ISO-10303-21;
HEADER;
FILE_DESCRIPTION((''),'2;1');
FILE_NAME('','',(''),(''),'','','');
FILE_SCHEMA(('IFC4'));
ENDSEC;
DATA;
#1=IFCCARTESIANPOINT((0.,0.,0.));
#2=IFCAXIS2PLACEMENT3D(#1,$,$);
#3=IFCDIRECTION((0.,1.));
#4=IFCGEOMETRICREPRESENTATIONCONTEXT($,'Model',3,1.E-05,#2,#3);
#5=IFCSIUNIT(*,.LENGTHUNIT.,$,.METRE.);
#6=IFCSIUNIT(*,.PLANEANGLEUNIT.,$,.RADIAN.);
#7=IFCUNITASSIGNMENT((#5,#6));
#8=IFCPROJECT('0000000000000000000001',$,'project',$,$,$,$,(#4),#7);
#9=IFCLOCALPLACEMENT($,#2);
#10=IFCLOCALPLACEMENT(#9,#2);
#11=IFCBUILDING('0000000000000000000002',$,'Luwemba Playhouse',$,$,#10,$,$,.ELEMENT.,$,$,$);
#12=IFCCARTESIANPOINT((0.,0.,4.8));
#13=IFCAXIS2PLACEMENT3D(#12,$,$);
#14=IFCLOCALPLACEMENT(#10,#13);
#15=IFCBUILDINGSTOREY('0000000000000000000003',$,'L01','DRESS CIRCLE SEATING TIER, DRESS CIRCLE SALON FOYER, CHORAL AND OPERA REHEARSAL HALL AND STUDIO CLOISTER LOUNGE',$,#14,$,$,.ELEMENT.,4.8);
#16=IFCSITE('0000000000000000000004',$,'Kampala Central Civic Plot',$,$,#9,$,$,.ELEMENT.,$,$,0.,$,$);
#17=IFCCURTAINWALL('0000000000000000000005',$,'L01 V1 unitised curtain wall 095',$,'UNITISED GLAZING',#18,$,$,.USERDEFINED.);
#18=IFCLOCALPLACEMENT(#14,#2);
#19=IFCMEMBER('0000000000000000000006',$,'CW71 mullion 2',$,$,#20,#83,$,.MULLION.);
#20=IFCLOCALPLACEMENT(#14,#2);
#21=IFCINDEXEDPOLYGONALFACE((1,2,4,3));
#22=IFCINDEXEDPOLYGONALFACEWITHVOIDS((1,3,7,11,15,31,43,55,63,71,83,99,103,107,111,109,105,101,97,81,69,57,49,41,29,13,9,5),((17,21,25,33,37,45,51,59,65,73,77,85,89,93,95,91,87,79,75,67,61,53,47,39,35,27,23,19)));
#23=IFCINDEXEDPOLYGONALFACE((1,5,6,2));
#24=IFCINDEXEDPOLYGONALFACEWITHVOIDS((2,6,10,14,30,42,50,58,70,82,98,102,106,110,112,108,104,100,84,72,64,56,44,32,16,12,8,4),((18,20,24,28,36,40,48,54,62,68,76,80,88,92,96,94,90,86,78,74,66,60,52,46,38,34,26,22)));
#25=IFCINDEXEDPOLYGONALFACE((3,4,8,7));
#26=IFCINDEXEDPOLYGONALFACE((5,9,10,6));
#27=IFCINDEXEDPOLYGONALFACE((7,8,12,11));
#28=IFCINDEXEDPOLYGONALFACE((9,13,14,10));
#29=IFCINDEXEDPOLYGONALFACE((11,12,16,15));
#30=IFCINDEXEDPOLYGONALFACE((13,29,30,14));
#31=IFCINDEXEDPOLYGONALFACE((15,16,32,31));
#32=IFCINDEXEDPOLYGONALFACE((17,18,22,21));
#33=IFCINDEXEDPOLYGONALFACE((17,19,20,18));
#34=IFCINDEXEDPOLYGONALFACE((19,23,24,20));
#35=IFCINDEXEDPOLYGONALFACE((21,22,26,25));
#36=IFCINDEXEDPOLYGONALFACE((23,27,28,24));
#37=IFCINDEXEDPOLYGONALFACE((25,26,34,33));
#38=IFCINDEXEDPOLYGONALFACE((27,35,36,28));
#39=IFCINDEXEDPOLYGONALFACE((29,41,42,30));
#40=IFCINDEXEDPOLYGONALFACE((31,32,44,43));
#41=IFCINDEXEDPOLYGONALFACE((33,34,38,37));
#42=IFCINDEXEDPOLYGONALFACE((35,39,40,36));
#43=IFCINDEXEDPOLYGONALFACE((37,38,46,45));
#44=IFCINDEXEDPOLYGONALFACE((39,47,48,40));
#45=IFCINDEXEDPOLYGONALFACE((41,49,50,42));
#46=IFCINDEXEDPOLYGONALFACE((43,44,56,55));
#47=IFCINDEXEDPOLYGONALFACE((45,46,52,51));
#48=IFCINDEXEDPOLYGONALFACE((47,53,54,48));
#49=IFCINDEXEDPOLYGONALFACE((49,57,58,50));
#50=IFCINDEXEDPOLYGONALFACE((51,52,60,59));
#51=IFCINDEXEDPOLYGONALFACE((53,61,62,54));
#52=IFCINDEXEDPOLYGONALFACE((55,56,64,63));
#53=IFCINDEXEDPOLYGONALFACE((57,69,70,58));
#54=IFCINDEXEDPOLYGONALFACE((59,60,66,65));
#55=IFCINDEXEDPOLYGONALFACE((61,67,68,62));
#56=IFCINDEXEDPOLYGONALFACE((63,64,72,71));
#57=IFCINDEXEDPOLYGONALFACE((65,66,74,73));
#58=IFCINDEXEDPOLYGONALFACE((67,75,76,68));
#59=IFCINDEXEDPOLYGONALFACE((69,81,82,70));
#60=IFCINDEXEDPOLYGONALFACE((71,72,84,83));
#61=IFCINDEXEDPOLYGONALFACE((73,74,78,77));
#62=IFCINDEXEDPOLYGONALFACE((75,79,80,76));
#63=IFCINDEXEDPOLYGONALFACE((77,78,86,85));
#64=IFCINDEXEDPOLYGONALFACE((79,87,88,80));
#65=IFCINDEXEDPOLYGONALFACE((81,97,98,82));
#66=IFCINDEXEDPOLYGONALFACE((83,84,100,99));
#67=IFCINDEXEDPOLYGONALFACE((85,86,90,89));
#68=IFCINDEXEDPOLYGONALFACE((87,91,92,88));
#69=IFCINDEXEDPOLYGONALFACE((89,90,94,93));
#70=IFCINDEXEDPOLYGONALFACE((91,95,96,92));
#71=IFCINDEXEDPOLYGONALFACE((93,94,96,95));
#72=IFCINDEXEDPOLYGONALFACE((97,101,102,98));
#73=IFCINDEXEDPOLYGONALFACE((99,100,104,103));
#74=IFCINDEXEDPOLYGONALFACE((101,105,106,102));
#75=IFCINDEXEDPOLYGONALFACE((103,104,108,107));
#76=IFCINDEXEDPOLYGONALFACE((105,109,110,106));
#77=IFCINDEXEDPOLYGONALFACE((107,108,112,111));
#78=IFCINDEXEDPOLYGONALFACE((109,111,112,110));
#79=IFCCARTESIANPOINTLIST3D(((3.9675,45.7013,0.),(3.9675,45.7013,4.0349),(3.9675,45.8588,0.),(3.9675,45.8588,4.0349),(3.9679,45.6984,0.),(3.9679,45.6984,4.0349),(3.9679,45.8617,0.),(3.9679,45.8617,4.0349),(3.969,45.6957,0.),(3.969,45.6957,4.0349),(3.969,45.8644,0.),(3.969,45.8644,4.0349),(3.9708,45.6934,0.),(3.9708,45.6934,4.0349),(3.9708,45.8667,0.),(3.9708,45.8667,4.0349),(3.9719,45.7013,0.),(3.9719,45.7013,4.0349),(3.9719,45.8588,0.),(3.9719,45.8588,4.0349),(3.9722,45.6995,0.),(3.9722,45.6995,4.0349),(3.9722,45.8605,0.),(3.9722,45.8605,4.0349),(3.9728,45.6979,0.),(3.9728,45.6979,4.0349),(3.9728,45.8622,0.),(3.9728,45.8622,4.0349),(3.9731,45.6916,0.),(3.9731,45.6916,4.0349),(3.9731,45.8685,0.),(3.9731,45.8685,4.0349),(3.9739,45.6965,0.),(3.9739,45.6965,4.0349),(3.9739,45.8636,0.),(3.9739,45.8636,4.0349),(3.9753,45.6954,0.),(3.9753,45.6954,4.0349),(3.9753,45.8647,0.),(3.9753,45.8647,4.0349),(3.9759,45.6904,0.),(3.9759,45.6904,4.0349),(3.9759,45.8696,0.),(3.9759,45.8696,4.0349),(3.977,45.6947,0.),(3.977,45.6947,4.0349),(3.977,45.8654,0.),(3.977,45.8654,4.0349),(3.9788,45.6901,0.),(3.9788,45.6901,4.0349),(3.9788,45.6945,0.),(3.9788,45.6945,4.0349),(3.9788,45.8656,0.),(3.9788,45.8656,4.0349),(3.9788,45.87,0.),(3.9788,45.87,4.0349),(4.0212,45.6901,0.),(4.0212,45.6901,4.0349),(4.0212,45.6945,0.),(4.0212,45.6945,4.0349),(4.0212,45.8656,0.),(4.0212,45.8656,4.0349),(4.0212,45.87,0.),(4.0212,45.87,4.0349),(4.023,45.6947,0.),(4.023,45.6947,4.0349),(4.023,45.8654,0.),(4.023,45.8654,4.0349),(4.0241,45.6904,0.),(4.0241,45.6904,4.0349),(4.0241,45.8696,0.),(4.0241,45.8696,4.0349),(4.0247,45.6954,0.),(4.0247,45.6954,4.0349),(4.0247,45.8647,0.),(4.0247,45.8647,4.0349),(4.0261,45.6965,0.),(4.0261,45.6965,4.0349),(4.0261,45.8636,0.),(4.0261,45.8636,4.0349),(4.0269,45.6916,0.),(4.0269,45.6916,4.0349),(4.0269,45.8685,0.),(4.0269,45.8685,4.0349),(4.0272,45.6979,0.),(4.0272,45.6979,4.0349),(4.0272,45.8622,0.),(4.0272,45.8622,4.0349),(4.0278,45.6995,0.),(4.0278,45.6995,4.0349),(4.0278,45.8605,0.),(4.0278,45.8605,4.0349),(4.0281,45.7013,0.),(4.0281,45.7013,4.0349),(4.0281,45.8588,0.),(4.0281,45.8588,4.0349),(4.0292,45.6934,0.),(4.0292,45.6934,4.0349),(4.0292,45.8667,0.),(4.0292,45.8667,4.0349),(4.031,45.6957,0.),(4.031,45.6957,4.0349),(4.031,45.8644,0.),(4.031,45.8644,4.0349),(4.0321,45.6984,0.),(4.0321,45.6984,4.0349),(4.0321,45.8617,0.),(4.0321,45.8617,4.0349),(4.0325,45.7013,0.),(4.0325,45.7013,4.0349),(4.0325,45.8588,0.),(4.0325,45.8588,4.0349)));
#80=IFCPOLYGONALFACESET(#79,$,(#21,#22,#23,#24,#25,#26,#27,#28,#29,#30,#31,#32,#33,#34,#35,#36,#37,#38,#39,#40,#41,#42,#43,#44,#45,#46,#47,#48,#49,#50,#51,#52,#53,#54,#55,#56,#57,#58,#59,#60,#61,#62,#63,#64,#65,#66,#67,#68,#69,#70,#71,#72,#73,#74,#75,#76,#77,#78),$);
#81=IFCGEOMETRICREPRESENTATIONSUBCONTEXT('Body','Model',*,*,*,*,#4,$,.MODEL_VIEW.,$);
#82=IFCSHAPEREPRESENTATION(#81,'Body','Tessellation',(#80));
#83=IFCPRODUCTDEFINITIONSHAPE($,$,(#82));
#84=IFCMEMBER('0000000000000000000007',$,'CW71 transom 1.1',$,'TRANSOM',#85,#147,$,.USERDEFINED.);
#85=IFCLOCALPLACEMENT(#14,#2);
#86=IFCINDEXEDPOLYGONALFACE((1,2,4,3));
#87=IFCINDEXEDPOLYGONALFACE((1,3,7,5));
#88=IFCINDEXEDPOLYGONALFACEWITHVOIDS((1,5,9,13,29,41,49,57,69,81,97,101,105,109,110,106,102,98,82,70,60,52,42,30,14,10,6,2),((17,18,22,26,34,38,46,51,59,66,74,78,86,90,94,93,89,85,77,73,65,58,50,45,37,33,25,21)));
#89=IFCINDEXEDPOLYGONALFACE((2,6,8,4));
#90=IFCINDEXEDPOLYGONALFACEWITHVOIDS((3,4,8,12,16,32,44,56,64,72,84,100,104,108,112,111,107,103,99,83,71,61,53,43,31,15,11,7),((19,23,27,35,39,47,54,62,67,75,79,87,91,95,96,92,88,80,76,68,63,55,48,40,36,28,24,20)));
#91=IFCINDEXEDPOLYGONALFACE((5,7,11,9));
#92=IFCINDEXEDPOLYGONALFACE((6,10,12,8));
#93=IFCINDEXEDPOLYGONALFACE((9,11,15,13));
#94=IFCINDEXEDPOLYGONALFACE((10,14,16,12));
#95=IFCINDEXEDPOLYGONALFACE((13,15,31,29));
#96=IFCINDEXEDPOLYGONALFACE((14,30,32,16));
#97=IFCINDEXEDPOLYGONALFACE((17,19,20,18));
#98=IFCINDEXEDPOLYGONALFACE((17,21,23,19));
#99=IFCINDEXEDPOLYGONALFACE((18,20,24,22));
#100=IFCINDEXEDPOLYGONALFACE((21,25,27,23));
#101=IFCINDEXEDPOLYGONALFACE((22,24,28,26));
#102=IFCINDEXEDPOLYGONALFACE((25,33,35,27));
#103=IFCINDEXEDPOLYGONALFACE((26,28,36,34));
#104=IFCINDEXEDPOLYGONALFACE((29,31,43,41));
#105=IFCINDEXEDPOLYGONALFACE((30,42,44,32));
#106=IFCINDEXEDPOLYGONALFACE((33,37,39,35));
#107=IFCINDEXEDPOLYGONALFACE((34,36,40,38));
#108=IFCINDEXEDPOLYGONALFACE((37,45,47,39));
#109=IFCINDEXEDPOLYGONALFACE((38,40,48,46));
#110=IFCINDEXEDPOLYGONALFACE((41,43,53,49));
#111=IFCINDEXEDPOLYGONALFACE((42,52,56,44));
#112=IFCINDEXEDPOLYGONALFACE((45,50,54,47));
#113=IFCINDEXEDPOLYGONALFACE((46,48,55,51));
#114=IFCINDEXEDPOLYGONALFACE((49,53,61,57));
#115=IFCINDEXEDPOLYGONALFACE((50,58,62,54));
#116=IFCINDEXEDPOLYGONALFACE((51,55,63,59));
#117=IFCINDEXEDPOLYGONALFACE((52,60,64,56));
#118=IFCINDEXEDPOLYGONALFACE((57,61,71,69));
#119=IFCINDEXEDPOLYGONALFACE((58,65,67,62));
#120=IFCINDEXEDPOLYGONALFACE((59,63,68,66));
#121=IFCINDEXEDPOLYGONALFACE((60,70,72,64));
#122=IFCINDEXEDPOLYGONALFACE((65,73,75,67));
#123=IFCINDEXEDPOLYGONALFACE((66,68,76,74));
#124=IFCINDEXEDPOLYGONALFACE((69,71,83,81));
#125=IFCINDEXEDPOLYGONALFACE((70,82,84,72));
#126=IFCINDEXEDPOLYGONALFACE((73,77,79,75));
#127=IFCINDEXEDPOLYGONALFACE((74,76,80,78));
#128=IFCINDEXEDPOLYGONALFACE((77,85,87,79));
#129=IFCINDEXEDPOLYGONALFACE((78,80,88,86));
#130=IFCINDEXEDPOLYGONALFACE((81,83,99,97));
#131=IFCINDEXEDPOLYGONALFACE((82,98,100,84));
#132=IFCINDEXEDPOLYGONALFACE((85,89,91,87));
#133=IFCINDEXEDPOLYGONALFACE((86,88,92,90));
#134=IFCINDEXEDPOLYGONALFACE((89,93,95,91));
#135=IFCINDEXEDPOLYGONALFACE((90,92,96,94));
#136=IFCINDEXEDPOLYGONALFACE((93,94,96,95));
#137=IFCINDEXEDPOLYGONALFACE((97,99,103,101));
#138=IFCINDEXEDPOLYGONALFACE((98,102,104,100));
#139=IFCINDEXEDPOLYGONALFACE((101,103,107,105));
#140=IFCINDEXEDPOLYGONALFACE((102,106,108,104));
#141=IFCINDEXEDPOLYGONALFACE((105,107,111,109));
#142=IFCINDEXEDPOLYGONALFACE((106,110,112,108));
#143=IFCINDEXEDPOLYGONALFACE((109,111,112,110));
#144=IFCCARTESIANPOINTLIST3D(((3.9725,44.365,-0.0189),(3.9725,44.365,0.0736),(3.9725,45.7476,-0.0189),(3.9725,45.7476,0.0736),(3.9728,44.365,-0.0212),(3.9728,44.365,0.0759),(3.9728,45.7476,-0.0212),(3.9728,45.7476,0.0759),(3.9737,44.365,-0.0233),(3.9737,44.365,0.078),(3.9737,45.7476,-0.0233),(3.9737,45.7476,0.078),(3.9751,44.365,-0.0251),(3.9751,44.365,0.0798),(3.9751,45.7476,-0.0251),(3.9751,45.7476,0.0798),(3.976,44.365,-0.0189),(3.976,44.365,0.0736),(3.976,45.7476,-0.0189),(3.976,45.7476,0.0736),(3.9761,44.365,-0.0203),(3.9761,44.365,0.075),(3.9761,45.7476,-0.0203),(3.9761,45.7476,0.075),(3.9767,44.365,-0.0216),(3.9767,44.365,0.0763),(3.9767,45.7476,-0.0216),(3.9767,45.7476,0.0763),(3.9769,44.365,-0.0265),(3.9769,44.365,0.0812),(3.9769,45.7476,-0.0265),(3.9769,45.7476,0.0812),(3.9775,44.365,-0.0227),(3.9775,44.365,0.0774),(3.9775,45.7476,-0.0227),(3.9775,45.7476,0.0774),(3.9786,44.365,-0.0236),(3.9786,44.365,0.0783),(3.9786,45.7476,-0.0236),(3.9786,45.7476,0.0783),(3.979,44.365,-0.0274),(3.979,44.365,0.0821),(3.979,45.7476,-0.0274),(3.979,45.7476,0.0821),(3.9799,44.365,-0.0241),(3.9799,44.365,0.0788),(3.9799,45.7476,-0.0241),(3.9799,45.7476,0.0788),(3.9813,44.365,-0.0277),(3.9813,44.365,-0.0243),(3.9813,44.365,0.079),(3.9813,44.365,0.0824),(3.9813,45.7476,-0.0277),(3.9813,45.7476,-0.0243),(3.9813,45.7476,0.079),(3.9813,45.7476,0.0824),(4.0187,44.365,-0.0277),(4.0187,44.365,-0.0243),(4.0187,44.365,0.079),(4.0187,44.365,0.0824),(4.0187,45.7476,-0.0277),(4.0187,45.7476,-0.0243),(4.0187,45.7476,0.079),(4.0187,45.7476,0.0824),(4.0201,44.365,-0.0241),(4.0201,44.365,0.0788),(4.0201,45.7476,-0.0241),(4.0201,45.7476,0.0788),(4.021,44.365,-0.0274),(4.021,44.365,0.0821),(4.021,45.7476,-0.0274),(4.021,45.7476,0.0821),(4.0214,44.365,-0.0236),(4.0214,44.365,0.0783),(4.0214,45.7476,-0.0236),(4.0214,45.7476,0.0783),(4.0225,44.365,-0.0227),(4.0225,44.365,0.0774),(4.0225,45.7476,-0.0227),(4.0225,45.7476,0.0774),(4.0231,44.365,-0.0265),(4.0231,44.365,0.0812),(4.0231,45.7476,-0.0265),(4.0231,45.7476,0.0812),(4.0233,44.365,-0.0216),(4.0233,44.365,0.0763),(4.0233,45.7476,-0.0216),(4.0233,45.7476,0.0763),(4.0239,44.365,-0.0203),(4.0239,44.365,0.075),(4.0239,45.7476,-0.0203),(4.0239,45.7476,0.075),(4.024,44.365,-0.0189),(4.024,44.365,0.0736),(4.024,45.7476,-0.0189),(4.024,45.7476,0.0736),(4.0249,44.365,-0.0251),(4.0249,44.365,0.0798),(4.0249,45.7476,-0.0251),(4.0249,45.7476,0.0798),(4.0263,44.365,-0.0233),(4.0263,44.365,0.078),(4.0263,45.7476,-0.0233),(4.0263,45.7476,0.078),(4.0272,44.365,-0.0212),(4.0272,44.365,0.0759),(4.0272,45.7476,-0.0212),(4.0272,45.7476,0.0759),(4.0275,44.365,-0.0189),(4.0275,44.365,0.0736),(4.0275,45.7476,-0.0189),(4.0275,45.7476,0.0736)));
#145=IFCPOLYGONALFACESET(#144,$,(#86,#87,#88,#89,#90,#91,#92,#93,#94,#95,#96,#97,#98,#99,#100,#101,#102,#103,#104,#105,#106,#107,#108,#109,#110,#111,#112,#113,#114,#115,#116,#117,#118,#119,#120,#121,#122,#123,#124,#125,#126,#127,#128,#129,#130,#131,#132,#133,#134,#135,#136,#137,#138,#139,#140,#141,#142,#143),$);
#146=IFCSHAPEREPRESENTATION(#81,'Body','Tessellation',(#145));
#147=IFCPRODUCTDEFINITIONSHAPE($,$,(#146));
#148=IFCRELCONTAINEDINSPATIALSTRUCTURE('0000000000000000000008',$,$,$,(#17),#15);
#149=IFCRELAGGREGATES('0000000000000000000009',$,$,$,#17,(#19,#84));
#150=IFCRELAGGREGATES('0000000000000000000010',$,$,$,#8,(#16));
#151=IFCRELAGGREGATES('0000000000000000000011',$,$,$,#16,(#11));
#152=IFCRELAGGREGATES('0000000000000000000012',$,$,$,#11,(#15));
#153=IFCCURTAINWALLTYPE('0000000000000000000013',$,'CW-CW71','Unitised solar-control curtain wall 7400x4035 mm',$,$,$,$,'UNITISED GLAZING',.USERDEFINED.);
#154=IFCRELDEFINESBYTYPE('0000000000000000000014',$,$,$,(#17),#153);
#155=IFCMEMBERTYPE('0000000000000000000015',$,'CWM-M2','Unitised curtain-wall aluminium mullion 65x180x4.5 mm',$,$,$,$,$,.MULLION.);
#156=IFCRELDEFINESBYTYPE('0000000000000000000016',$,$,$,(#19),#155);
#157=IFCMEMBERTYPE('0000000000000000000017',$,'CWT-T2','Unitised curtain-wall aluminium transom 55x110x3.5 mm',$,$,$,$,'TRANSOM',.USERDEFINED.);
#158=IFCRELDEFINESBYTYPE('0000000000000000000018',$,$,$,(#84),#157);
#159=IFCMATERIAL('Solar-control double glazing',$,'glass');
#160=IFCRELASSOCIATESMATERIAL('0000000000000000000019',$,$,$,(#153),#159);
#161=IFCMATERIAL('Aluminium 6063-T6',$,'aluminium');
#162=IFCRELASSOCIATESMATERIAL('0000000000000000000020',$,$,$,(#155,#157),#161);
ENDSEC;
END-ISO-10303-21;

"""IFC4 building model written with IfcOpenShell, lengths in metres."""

from ifc_helpers import new_model, si_unit, direction, frame, origin, origin_2d, place, context, subcontext, project, spatial, hollow_rectangle, extrude, material, material_profile, profile_set, type_object, element, aggregate, save


model = new_model("IFC4")

# Units and contexts
model_context = context("Model", 3, precision=1e-05, world=origin(), true_north=direction((0.0, 1.0)))
body_context = subcontext(model_context, "Body", "Model", "MODEL_VIEW")
ifc_project = project(units=[si_unit("LENGTHUNIT", "METRE"), si_unit("PLANEANGLEUNIT", "RADIAN")], contexts=[model_context])

# Site, building, storey
site_placement = place(None, origin())
site = spatial("IfcSite", under=ifc_project, at=site_placement, Name="Kampala Central Civic Plot", CompositionType="ELEMENT", RefElevation=0.0)
building_placement = place(site_placement, origin())
building = spatial("IfcBuilding", under=site, at=building_placement, Name="Luwemba Playhouse", CompositionType="ELEMENT")
storey_placement = place(building_placement, frame((0.0, 0.0, 4.8)))
storey = spatial("IfcBuildingStorey", under=building, at=storey_placement, Name="L01", Description="DRESS CIRCLE SEATING TIER, DRESS CIRCLE SALON FOYER, CHORAL AND OPERA REHEARSAL HALL AND STUDIO CLOISTER LOUNGE", CompositionType="ELEMENT", Elevation=4.8)

# Curtain wall, members
ifc_material_1 = material(Name="Solar-control double glazing", Category="glass")
curtain_wall_type = type_object("IfcCurtainWallType", Name="CW-CW71", Description="Unitised solar-control curtain wall 7400x4035 mm", ElementType="UNITISED GLAZING", PredefinedType="USERDEFINED", material=ifc_material_1)
curtain_wall_placement = place(storey_placement, origin())
curtain_wall = element("IfcCurtainWall", 1, at=curtain_wall_placement, inside=storey, type_object=curtain_wall_type, Name="L01 V1 unitised curtain wall 095", ObjectType="UNITISED GLAZING", PredefinedType="USERDEFINED")
ifc_material_2 = material(Name="Aluminium 6063-T6", Category="aluminium")
ifc_material_profile_1 = material_profile(ifc_material_2, hollow_rectangle(XDim=0.0649, YDim=0.1799, WallThickness=0.0044, InnerFilletRadius=0.0068, OuterFilletRadius=0.0112, at=origin_2d()))
ifc_profile_set_1 = profile_set([ifc_material_profile_1], Name="Aluminium 6063-T6")
member_type_1 = type_object("IfcMemberType", Name="CWM-M2", Description="Unitised curtain-wall aluminium mullion 65x180x4.5 mm", PredefinedType="MULLION", material=ifc_profile_set_1)
member_1_placement = place(storey_placement, frame((4.0, 45.78, 0.0), z_axis=(0.0, 0.0, 1.0), x_axis=(-1.0, 0.0, 0.0)))
member_1 = element("IfcMember", 2, at=member_1_placement, type_object=member_type_1, Name="CW71 mullion 2", PredefinedType="MULLION", context=body_context, shape_type="SweptSolid", body=[
    extrude(hollow_rectangle(XDim=0.0649, YDim=0.1799, WallThickness=0.0044, InnerFilletRadius=0.0068, OuterFilletRadius=0.0112, at=origin_2d()), origin(), (0.0, 0.0, 1.0), 4.0349),
])
ifc_material_profile_2 = material_profile(ifc_material_2, hollow_rectangle(XDim=0.0549, YDim=0.1101, WallThickness=0.0034, InnerFilletRadius=0.0054, OuterFilletRadius=0.0088, at=origin_2d()))
ifc_profile_set_2 = profile_set([ifc_material_profile_2], Name="Aluminium 6063-T6")
member_type_2 = type_object("IfcMemberType", Name="CWT-T2", Description="Unitised curtain-wall aluminium transom 55x110x3.5 mm", ElementType="TRANSOM", PredefinedType="USERDEFINED", material=ifc_profile_set_2)
member_2_placement = place(storey_placement, frame((4.0, 44.365, 0.0273), z_axis=(0.0, 1.0, 0.0), x_axis=(-1.0, 0.0, 0.0)))
member_2 = element("IfcMember", 3, at=member_2_placement, type_object=member_type_2, Name="CW71 transom 1.1", ObjectType="TRANSOM", PredefinedType="USERDEFINED", context=body_context, shape_type="SweptSolid", body=[
    extrude(hollow_rectangle(XDim=0.0549, YDim=0.1101, WallThickness=0.0034, InnerFilletRadius=0.0054, OuterFilletRadius=0.0088, at=origin_2d()), origin(), (0.0, 0.0, 1.0), 1.3826),
])
aggregate(curtain_wall, [member_1, member_2])

save(model, "model.ifc")
